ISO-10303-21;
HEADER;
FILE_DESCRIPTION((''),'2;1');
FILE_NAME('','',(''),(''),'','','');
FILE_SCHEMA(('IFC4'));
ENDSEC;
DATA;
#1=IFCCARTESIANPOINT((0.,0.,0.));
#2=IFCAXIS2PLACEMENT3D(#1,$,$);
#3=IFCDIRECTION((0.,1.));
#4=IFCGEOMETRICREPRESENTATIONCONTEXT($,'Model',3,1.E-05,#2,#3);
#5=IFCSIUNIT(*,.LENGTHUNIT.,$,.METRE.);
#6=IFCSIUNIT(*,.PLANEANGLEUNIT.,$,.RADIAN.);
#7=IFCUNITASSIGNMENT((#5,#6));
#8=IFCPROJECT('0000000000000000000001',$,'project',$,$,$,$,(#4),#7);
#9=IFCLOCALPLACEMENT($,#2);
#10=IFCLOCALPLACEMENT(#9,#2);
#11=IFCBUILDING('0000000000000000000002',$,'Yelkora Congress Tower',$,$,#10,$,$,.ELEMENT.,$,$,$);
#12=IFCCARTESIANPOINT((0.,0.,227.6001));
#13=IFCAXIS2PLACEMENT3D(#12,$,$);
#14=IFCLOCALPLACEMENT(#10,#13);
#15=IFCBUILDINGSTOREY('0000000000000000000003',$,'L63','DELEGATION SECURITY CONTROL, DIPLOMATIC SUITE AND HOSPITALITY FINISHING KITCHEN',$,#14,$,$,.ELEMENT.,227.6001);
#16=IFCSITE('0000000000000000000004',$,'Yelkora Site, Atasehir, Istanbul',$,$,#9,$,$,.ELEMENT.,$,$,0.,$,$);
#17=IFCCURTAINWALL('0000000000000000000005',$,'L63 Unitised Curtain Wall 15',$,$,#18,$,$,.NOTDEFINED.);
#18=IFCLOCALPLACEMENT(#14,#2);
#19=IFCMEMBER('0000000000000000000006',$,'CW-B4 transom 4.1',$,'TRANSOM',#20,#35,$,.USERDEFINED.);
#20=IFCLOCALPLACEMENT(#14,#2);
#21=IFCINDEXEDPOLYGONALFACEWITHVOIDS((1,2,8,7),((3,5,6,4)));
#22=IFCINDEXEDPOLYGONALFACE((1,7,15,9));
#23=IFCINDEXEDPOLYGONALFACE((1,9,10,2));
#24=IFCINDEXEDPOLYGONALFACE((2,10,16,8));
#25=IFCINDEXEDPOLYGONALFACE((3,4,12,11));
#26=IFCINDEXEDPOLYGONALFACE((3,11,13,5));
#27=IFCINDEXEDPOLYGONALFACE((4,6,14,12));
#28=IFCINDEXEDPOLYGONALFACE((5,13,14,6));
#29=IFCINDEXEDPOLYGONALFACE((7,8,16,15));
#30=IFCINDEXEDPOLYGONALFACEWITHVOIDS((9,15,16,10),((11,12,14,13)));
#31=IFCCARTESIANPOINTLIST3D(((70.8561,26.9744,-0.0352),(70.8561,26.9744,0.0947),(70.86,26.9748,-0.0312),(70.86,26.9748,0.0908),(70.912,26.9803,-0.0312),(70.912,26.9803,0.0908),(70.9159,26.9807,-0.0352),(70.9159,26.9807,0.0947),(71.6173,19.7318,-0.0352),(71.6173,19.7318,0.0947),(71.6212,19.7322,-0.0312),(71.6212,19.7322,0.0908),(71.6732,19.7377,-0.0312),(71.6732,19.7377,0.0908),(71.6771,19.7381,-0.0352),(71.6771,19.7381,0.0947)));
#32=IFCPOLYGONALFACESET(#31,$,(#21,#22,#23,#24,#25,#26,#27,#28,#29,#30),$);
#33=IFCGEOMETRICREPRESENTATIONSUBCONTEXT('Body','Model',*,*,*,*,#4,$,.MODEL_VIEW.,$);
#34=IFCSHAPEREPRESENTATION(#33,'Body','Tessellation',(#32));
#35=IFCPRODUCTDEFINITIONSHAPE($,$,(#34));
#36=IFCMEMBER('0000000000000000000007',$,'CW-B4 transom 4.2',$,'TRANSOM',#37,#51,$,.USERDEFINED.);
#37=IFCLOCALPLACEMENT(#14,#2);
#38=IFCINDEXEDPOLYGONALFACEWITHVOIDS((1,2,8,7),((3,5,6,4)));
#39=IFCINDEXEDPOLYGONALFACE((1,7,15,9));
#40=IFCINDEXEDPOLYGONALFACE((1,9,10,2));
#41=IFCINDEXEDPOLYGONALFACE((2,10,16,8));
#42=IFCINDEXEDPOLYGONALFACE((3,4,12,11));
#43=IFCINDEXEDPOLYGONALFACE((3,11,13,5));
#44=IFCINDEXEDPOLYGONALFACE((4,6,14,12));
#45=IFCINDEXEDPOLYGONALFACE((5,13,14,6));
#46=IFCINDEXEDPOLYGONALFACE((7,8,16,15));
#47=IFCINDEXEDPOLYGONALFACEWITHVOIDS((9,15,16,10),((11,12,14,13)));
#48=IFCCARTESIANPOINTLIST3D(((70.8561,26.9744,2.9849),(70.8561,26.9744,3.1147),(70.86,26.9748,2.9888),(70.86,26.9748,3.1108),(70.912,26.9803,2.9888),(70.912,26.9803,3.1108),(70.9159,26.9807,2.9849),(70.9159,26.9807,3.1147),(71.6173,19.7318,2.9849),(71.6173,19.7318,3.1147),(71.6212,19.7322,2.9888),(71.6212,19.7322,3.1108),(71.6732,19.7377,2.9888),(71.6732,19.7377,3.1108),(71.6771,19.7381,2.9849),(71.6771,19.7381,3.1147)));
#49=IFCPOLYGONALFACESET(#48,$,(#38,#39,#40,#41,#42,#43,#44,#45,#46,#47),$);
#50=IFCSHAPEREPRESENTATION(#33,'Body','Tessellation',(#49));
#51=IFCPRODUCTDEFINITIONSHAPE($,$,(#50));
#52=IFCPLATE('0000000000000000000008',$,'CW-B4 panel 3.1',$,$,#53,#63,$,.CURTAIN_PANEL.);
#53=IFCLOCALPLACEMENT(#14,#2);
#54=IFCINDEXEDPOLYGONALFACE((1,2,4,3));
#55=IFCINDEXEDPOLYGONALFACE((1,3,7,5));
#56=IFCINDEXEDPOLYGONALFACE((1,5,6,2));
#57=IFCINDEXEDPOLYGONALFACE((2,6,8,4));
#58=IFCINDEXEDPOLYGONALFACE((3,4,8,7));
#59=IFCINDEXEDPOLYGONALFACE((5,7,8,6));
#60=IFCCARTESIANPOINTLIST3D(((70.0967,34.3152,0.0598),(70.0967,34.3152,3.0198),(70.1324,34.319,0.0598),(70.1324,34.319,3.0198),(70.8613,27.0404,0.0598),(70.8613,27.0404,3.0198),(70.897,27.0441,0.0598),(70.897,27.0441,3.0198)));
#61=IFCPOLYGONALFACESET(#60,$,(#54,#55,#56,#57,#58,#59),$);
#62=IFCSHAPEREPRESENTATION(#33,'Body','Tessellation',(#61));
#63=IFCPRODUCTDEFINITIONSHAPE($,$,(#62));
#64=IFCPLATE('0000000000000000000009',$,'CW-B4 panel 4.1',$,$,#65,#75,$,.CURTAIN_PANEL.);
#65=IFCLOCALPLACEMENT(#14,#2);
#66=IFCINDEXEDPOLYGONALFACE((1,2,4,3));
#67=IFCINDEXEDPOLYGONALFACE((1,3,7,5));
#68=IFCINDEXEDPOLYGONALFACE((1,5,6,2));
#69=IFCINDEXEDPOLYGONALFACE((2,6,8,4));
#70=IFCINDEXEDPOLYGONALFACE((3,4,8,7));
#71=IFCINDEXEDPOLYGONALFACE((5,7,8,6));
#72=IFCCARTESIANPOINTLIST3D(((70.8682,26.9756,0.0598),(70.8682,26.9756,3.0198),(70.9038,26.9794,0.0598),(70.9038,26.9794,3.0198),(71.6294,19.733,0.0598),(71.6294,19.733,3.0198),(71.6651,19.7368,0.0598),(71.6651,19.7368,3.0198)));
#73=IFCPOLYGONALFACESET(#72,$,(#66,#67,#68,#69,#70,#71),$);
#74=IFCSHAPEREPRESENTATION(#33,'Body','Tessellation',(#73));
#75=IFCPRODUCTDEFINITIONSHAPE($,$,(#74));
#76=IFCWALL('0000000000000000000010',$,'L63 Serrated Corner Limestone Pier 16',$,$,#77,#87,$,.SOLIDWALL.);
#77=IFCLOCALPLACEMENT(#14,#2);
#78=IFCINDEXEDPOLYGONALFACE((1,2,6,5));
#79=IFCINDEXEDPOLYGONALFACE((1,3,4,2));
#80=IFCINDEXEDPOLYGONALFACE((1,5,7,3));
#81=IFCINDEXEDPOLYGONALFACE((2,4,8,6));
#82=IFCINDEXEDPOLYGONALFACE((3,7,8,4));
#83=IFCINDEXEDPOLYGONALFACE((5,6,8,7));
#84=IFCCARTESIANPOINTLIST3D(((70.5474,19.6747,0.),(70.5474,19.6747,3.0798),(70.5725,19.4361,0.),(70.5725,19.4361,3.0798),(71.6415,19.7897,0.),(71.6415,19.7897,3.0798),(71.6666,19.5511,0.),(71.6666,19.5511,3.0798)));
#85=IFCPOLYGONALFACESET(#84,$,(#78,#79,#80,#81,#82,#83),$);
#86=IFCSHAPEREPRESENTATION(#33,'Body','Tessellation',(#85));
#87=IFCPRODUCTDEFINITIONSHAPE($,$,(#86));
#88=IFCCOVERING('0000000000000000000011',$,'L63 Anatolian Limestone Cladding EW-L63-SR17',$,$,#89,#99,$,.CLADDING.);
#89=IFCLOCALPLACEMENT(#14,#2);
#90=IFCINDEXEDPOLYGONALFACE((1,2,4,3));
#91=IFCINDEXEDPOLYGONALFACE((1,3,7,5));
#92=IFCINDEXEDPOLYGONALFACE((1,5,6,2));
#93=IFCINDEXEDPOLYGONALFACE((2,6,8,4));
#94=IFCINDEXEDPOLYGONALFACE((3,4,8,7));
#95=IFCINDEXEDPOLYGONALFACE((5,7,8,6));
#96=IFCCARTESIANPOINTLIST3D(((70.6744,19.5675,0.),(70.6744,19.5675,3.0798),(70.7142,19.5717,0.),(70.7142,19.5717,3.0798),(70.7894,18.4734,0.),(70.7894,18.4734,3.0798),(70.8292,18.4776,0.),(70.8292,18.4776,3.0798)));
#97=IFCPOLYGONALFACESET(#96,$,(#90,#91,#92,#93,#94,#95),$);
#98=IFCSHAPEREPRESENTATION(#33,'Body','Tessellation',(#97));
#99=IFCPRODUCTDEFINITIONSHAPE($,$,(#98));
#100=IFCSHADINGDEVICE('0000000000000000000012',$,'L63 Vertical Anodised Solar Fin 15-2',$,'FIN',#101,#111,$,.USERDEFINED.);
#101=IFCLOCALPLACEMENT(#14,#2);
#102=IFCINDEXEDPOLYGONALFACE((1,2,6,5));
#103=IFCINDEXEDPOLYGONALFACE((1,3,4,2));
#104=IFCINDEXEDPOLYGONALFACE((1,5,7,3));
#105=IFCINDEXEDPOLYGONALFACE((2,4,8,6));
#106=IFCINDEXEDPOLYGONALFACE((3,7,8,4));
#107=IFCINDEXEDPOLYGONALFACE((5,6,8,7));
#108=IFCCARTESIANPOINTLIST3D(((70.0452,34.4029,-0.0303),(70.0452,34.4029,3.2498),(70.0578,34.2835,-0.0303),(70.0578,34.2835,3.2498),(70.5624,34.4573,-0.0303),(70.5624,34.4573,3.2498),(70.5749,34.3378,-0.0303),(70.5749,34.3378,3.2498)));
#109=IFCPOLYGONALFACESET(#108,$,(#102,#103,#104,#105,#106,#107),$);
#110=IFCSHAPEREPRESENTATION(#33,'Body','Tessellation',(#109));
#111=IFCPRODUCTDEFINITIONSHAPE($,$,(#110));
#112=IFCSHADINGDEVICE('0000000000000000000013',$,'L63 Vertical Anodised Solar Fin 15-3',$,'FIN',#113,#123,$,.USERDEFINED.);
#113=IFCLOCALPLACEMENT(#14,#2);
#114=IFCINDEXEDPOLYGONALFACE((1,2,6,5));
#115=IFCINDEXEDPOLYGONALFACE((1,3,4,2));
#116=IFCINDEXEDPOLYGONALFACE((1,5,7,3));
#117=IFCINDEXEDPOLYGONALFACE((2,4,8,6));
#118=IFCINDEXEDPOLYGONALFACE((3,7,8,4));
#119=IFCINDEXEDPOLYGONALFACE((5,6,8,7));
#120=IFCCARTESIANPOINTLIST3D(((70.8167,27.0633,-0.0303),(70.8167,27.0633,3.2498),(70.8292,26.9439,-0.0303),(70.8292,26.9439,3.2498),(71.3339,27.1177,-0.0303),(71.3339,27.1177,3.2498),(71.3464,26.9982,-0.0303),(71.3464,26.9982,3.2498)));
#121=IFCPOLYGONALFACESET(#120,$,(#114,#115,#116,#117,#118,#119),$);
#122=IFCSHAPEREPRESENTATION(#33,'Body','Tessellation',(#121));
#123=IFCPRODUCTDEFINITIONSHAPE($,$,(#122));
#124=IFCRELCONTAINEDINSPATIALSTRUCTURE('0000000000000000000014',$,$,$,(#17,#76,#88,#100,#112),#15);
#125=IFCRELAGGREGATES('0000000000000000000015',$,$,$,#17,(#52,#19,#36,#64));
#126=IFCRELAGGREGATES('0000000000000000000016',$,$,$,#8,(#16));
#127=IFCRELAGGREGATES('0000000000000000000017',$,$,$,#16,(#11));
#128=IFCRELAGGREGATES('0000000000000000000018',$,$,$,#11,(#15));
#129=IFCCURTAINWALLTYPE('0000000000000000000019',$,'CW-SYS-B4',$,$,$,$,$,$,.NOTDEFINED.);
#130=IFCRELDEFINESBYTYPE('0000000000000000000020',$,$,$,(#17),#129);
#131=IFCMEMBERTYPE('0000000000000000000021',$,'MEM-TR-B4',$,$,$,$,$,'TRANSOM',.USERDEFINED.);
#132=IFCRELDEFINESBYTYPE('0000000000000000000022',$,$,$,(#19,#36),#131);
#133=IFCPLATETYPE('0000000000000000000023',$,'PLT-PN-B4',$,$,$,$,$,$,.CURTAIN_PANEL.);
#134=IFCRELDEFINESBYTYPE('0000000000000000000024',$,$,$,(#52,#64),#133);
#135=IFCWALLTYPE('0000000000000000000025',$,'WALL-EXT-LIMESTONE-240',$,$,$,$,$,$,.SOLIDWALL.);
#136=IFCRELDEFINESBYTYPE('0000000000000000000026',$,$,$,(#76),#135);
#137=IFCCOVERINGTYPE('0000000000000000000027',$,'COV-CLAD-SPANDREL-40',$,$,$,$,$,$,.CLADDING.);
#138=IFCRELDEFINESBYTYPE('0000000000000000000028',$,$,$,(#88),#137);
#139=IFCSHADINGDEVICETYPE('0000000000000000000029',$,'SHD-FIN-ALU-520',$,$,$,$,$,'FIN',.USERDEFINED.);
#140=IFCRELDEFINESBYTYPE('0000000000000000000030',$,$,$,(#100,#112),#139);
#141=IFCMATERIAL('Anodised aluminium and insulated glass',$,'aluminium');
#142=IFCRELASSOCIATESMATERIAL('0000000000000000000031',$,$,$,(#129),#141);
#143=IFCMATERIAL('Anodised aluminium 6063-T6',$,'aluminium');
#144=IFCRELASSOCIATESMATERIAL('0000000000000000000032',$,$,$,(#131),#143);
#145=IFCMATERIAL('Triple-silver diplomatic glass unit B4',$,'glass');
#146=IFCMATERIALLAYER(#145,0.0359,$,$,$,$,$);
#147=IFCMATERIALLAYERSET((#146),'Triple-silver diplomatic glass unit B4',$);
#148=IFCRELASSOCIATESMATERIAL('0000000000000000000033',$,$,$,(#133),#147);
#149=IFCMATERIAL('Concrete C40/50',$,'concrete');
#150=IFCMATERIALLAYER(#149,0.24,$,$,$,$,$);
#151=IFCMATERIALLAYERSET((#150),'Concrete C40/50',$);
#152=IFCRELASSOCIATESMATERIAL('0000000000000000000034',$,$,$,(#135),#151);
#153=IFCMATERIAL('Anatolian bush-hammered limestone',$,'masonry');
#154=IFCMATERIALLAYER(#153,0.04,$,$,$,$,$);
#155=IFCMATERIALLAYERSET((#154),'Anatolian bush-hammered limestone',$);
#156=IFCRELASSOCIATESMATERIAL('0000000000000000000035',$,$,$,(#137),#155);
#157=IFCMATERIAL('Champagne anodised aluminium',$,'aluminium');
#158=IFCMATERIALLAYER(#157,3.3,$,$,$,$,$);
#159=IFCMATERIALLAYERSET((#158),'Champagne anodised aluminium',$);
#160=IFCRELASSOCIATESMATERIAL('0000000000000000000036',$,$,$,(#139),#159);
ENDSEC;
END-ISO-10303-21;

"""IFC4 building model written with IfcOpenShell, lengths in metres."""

from ifc_helpers import new_model, si_unit, direction, frame, frame_2d, origin, origin_2d, place, context, subcontext, project, spatial, rectangle, hollow_rectangle, extrude, material, layer, layer_set, material_profile, profile_set, type_object, element, aggregate, save


model = new_model("IFC4")

# Units and contexts
model_context = context("Model", 3, precision=1e-05, world=origin(), true_north=direction((0.0, 1.0)))
body_context = subcontext(model_context, "Body", "Model", "MODEL_VIEW")
ifc_project = project(units=[si_unit("LENGTHUNIT", "METRE"), si_unit("PLANEANGLEUNIT", "RADIAN")], contexts=[model_context])

# Site, building, storey
site_placement = place(None, origin())
site = spatial("IfcSite", under=ifc_project, at=site_placement, Name="Yelkora Site, Atasehir, Istanbul", CompositionType="ELEMENT", RefElevation=0.0)
building_placement = place(site_placement, origin())
building = spatial("IfcBuilding", under=site, at=building_placement, Name="Yelkora Congress Tower", CompositionType="ELEMENT")
storey_placement = place(building_placement, frame((0.0, 0.0, 227.6001)))
storey = spatial("IfcBuildingStorey", under=building, at=storey_placement, Name="L63", Description="DELEGATION SECURITY CONTROL, DIPLOMATIC SUITE AND HOSPITALITY FINISHING KITCHEN", CompositionType="ELEMENT", Elevation=227.6001)

# Curtain wall, members, plates
ifc_material_1 = material(Name="Anodised aluminium and insulated glass", Category="aluminium")
curtain_wall_type = type_object("IfcCurtainWallType", Name="CW-SYS-B4", PredefinedType="NOTDEFINED", material=ifc_material_1)
curtain_wall_placement = place(storey_placement, origin())
curtain_wall = element("IfcCurtainWall", 1, at=curtain_wall_placement, inside=storey, type_object=curtain_wall_type, Name="L63 Unitised Curtain Wall 15", PredefinedType="NOTDEFINED")
ifc_material_2 = material(Name="Anodised aluminium 6063-T6", Category="aluminium")
ifc_material_profile_1 = material_profile(ifc_material_2, hollow_rectangle(XDim=0.0601, YDim=0.1299, WallThickness=0.0039, at=origin_2d()), Name="ALU 60x130x4")
ifc_profile_set_1 = profile_set([ifc_material_profile_1], Name="Anodised aluminium 6063-T6")
member_type_1 = type_object("IfcMemberType", Name="MEM-TR-B4", ElementType="TRANSOM", PredefinedType="USERDEFINED", material=ifc_profile_set_1)
member_1_placement = place(storey_placement, frame((70.886, 26.9775, 0.0298), z_axis=(0.104528, -0.994522, 0.0), x_axis=(0.994522, 0.104528, 0.0)))
member_1 = element("IfcMember", 2, at=member_1_placement, type_object=member_type_1, Name="CW-B4 transom 4.1", ObjectType="TRANSOM", PredefinedType="USERDEFINED", context=body_context, shape_type="SweptSolid", body=[
    extrude(hollow_rectangle(XDim=0.0601, YDim=0.1299, WallThickness=0.0039, at=origin_2d()), origin(), (0.0, 0.0, 1.0), 7.2825),
])
member_2_placement = place(storey_placement, frame((70.886, 26.9775, 3.0498), z_axis=(0.104528, -0.994522, 0.0), x_axis=(0.994522, 0.104528, 0.0)))
member_2 = element("IfcMember", 3, at=member_2_placement, type_object=member_type_1, Name="CW-B4 transom 4.2", ObjectType="TRANSOM", PredefinedType="USERDEFINED", context=body_context, shape_type="SweptSolid", body=[
    extrude(hollow_rectangle(XDim=0.0601, YDim=0.1299, WallThickness=0.0039, at=origin_2d()), origin(), (0.0, 0.0, 1.0), 7.2825),
])
ifc_material_3 = material(Name="Triple-silver diplomatic glass unit B4", Category="glass")
ifc_layer_1 = layer(ifc_material_3, 0.0359)
ifc_layer_set_1 = layer_set([ifc_layer_1], Name="Triple-silver diplomatic glass unit B4")
plate_type = type_object("IfcPlateType", Name="PLT-PN-B4", PredefinedType="CURTAIN_PANEL", material=ifc_layer_set_1)
plate_1_placement = place(storey_placement, frame((70.4968, 30.6797, 0.0598), z_axis=(0.0, 0.0, 1.0), x_axis=(0.104526, -0.994522, 0.0)))
plate_1 = element("IfcPlate", 4, at=plate_1_placement, type_object=plate_type, Name="CW-B4 panel 3.1", PredefinedType="CURTAIN_PANEL", context=body_context, shape_type="SweptSolid", body=[
    extrude(rectangle(XDim=7.3149, YDim=0.0359, at=origin_2d()), origin(), (0.0, 0.0, 1.0), 2.96),
])
plate_2_placement = place(storey_placement, frame((71.2666, 23.3562, 0.0598), z_axis=(0.0, 0.0, 1.0), x_axis=(0.104526, -0.994522, 0.0)))
plate_2 = element("IfcPlate", 5, at=plate_2_placement, type_object=plate_type, Name="CW-B4 panel 4.1", PredefinedType="CURTAIN_PANEL", context=body_context, shape_type="SweptSolid", body=[
    extrude(rectangle(XDim=7.2825, YDim=0.0359, at=origin_2d()), origin(), (0.0, 0.0, 1.0), 2.96),
])
aggregate(curtain_wall, [plate_1, member_1, member_2, plate_2])

# Wall
ifc_material_4 = material(Name="Concrete C40/50", Category="concrete")
ifc_layer_2 = layer(ifc_material_4, 0.24)
ifc_layer_set_2 = layer_set([ifc_layer_2], Name="Concrete C40/50")
wall_type = type_object("IfcWallType", Name="WALL-EXT-LIMESTONE-240", PredefinedType="SOLIDWALL", material=ifc_layer_set_2)
wall_placement = place(storey_placement, frame((71.6541, 19.6704, 0.0), z_axis=(0.0, 0.0, 1.0), x_axis=(-0.994521, -0.104535, 0.0)))
element("IfcWall", 6, at=wall_placement, inside=storey, type_object=wall_type, Name="L63 Serrated Corner Limestone Pier 16", PredefinedType="SOLIDWALL", context=body_context, shape_type="SweptSolid", body=[
    extrude(rectangle(XDim=1.1001, YDim=0.24, at=frame_2d((0.55, 0.0))), origin(), (0.0, 0.0, 1.0), 3.0798),
])

# Covering
ifc_material_5 = material(Name="Anatolian bush-hammered limestone", Category="masonry")
ifc_layer_3 = layer(ifc_material_5, 0.04)
ifc_layer_set_3 = layer_set([ifc_layer_3], Name="Anatolian bush-hammered limestone")
covering_type = type_object("IfcCoveringType", Name="COV-CLAD-SPANDREL-40", PredefinedType="CLADDING", material=ifc_layer_set_3)
covering_placement = place(storey_placement, frame((70.6943, 19.5696, 0.0), z_axis=(0.0, 0.0, 1.0), x_axis=(0.104535, -0.994521, 0.0)))
element("IfcCovering", 7, at=covering_placement, inside=storey, type_object=covering_type, Name="L63 Anatolian Limestone Cladding EW-L63-SR17", PredefinedType="CLADDING", context=body_context, shape_type="SweptSolid", body=[
    extrude(rectangle(XDim=1.1001, YDim=0.04, at=frame_2d((0.55, 0.0))), origin(), (0.0, 0.0, 1.0), 3.0798),
])

# Shading devices
ifc_material_6 = material(Name="Champagne anodised aluminium", Category="aluminium")
ifc_layer_4 = layer(ifc_material_6, 3.3)
ifc_layer_set_4 = layer_set([ifc_layer_4], Name="Champagne anodised aluminium")
shading_device_type = type_object("IfcShadingDeviceType", Name="SHD-FIN-ALU-520", ElementType="FIN", PredefinedType="USERDEFINED", material=ifc_layer_set_4)
for number, where, z_axis, x_axis, name in (
    (8, (70.3101, 34.3704, -0.0303), (0.0, 0.0, 1.0), (0.104528, -0.994522, 0.0), "L63 Vertical Anodised Solar Fin 15-2"),
    (9, (71.0815, 27.0308, -0.0303), (0.0, 0.0, 1.0), (0.104528, -0.994522, 0.0), "L63 Vertical Anodised Solar Fin 15-3"),
):
    element("IfcShadingDevice", number, at=place(storey_placement, frame(where, z_axis=z_axis, x_axis=x_axis)), inside=storey, type_object=shading_device_type, Name=name, ObjectType="FIN", PredefinedType="USERDEFINED", context=body_context, shape_type="SweptSolid", body=[
        extrude(rectangle(XDim=0.1201, YDim=0.52, at=origin_2d()), origin(), (0.0, 0.0, 1.0), 3.28),
    ])

save(model, "model.ifc")
